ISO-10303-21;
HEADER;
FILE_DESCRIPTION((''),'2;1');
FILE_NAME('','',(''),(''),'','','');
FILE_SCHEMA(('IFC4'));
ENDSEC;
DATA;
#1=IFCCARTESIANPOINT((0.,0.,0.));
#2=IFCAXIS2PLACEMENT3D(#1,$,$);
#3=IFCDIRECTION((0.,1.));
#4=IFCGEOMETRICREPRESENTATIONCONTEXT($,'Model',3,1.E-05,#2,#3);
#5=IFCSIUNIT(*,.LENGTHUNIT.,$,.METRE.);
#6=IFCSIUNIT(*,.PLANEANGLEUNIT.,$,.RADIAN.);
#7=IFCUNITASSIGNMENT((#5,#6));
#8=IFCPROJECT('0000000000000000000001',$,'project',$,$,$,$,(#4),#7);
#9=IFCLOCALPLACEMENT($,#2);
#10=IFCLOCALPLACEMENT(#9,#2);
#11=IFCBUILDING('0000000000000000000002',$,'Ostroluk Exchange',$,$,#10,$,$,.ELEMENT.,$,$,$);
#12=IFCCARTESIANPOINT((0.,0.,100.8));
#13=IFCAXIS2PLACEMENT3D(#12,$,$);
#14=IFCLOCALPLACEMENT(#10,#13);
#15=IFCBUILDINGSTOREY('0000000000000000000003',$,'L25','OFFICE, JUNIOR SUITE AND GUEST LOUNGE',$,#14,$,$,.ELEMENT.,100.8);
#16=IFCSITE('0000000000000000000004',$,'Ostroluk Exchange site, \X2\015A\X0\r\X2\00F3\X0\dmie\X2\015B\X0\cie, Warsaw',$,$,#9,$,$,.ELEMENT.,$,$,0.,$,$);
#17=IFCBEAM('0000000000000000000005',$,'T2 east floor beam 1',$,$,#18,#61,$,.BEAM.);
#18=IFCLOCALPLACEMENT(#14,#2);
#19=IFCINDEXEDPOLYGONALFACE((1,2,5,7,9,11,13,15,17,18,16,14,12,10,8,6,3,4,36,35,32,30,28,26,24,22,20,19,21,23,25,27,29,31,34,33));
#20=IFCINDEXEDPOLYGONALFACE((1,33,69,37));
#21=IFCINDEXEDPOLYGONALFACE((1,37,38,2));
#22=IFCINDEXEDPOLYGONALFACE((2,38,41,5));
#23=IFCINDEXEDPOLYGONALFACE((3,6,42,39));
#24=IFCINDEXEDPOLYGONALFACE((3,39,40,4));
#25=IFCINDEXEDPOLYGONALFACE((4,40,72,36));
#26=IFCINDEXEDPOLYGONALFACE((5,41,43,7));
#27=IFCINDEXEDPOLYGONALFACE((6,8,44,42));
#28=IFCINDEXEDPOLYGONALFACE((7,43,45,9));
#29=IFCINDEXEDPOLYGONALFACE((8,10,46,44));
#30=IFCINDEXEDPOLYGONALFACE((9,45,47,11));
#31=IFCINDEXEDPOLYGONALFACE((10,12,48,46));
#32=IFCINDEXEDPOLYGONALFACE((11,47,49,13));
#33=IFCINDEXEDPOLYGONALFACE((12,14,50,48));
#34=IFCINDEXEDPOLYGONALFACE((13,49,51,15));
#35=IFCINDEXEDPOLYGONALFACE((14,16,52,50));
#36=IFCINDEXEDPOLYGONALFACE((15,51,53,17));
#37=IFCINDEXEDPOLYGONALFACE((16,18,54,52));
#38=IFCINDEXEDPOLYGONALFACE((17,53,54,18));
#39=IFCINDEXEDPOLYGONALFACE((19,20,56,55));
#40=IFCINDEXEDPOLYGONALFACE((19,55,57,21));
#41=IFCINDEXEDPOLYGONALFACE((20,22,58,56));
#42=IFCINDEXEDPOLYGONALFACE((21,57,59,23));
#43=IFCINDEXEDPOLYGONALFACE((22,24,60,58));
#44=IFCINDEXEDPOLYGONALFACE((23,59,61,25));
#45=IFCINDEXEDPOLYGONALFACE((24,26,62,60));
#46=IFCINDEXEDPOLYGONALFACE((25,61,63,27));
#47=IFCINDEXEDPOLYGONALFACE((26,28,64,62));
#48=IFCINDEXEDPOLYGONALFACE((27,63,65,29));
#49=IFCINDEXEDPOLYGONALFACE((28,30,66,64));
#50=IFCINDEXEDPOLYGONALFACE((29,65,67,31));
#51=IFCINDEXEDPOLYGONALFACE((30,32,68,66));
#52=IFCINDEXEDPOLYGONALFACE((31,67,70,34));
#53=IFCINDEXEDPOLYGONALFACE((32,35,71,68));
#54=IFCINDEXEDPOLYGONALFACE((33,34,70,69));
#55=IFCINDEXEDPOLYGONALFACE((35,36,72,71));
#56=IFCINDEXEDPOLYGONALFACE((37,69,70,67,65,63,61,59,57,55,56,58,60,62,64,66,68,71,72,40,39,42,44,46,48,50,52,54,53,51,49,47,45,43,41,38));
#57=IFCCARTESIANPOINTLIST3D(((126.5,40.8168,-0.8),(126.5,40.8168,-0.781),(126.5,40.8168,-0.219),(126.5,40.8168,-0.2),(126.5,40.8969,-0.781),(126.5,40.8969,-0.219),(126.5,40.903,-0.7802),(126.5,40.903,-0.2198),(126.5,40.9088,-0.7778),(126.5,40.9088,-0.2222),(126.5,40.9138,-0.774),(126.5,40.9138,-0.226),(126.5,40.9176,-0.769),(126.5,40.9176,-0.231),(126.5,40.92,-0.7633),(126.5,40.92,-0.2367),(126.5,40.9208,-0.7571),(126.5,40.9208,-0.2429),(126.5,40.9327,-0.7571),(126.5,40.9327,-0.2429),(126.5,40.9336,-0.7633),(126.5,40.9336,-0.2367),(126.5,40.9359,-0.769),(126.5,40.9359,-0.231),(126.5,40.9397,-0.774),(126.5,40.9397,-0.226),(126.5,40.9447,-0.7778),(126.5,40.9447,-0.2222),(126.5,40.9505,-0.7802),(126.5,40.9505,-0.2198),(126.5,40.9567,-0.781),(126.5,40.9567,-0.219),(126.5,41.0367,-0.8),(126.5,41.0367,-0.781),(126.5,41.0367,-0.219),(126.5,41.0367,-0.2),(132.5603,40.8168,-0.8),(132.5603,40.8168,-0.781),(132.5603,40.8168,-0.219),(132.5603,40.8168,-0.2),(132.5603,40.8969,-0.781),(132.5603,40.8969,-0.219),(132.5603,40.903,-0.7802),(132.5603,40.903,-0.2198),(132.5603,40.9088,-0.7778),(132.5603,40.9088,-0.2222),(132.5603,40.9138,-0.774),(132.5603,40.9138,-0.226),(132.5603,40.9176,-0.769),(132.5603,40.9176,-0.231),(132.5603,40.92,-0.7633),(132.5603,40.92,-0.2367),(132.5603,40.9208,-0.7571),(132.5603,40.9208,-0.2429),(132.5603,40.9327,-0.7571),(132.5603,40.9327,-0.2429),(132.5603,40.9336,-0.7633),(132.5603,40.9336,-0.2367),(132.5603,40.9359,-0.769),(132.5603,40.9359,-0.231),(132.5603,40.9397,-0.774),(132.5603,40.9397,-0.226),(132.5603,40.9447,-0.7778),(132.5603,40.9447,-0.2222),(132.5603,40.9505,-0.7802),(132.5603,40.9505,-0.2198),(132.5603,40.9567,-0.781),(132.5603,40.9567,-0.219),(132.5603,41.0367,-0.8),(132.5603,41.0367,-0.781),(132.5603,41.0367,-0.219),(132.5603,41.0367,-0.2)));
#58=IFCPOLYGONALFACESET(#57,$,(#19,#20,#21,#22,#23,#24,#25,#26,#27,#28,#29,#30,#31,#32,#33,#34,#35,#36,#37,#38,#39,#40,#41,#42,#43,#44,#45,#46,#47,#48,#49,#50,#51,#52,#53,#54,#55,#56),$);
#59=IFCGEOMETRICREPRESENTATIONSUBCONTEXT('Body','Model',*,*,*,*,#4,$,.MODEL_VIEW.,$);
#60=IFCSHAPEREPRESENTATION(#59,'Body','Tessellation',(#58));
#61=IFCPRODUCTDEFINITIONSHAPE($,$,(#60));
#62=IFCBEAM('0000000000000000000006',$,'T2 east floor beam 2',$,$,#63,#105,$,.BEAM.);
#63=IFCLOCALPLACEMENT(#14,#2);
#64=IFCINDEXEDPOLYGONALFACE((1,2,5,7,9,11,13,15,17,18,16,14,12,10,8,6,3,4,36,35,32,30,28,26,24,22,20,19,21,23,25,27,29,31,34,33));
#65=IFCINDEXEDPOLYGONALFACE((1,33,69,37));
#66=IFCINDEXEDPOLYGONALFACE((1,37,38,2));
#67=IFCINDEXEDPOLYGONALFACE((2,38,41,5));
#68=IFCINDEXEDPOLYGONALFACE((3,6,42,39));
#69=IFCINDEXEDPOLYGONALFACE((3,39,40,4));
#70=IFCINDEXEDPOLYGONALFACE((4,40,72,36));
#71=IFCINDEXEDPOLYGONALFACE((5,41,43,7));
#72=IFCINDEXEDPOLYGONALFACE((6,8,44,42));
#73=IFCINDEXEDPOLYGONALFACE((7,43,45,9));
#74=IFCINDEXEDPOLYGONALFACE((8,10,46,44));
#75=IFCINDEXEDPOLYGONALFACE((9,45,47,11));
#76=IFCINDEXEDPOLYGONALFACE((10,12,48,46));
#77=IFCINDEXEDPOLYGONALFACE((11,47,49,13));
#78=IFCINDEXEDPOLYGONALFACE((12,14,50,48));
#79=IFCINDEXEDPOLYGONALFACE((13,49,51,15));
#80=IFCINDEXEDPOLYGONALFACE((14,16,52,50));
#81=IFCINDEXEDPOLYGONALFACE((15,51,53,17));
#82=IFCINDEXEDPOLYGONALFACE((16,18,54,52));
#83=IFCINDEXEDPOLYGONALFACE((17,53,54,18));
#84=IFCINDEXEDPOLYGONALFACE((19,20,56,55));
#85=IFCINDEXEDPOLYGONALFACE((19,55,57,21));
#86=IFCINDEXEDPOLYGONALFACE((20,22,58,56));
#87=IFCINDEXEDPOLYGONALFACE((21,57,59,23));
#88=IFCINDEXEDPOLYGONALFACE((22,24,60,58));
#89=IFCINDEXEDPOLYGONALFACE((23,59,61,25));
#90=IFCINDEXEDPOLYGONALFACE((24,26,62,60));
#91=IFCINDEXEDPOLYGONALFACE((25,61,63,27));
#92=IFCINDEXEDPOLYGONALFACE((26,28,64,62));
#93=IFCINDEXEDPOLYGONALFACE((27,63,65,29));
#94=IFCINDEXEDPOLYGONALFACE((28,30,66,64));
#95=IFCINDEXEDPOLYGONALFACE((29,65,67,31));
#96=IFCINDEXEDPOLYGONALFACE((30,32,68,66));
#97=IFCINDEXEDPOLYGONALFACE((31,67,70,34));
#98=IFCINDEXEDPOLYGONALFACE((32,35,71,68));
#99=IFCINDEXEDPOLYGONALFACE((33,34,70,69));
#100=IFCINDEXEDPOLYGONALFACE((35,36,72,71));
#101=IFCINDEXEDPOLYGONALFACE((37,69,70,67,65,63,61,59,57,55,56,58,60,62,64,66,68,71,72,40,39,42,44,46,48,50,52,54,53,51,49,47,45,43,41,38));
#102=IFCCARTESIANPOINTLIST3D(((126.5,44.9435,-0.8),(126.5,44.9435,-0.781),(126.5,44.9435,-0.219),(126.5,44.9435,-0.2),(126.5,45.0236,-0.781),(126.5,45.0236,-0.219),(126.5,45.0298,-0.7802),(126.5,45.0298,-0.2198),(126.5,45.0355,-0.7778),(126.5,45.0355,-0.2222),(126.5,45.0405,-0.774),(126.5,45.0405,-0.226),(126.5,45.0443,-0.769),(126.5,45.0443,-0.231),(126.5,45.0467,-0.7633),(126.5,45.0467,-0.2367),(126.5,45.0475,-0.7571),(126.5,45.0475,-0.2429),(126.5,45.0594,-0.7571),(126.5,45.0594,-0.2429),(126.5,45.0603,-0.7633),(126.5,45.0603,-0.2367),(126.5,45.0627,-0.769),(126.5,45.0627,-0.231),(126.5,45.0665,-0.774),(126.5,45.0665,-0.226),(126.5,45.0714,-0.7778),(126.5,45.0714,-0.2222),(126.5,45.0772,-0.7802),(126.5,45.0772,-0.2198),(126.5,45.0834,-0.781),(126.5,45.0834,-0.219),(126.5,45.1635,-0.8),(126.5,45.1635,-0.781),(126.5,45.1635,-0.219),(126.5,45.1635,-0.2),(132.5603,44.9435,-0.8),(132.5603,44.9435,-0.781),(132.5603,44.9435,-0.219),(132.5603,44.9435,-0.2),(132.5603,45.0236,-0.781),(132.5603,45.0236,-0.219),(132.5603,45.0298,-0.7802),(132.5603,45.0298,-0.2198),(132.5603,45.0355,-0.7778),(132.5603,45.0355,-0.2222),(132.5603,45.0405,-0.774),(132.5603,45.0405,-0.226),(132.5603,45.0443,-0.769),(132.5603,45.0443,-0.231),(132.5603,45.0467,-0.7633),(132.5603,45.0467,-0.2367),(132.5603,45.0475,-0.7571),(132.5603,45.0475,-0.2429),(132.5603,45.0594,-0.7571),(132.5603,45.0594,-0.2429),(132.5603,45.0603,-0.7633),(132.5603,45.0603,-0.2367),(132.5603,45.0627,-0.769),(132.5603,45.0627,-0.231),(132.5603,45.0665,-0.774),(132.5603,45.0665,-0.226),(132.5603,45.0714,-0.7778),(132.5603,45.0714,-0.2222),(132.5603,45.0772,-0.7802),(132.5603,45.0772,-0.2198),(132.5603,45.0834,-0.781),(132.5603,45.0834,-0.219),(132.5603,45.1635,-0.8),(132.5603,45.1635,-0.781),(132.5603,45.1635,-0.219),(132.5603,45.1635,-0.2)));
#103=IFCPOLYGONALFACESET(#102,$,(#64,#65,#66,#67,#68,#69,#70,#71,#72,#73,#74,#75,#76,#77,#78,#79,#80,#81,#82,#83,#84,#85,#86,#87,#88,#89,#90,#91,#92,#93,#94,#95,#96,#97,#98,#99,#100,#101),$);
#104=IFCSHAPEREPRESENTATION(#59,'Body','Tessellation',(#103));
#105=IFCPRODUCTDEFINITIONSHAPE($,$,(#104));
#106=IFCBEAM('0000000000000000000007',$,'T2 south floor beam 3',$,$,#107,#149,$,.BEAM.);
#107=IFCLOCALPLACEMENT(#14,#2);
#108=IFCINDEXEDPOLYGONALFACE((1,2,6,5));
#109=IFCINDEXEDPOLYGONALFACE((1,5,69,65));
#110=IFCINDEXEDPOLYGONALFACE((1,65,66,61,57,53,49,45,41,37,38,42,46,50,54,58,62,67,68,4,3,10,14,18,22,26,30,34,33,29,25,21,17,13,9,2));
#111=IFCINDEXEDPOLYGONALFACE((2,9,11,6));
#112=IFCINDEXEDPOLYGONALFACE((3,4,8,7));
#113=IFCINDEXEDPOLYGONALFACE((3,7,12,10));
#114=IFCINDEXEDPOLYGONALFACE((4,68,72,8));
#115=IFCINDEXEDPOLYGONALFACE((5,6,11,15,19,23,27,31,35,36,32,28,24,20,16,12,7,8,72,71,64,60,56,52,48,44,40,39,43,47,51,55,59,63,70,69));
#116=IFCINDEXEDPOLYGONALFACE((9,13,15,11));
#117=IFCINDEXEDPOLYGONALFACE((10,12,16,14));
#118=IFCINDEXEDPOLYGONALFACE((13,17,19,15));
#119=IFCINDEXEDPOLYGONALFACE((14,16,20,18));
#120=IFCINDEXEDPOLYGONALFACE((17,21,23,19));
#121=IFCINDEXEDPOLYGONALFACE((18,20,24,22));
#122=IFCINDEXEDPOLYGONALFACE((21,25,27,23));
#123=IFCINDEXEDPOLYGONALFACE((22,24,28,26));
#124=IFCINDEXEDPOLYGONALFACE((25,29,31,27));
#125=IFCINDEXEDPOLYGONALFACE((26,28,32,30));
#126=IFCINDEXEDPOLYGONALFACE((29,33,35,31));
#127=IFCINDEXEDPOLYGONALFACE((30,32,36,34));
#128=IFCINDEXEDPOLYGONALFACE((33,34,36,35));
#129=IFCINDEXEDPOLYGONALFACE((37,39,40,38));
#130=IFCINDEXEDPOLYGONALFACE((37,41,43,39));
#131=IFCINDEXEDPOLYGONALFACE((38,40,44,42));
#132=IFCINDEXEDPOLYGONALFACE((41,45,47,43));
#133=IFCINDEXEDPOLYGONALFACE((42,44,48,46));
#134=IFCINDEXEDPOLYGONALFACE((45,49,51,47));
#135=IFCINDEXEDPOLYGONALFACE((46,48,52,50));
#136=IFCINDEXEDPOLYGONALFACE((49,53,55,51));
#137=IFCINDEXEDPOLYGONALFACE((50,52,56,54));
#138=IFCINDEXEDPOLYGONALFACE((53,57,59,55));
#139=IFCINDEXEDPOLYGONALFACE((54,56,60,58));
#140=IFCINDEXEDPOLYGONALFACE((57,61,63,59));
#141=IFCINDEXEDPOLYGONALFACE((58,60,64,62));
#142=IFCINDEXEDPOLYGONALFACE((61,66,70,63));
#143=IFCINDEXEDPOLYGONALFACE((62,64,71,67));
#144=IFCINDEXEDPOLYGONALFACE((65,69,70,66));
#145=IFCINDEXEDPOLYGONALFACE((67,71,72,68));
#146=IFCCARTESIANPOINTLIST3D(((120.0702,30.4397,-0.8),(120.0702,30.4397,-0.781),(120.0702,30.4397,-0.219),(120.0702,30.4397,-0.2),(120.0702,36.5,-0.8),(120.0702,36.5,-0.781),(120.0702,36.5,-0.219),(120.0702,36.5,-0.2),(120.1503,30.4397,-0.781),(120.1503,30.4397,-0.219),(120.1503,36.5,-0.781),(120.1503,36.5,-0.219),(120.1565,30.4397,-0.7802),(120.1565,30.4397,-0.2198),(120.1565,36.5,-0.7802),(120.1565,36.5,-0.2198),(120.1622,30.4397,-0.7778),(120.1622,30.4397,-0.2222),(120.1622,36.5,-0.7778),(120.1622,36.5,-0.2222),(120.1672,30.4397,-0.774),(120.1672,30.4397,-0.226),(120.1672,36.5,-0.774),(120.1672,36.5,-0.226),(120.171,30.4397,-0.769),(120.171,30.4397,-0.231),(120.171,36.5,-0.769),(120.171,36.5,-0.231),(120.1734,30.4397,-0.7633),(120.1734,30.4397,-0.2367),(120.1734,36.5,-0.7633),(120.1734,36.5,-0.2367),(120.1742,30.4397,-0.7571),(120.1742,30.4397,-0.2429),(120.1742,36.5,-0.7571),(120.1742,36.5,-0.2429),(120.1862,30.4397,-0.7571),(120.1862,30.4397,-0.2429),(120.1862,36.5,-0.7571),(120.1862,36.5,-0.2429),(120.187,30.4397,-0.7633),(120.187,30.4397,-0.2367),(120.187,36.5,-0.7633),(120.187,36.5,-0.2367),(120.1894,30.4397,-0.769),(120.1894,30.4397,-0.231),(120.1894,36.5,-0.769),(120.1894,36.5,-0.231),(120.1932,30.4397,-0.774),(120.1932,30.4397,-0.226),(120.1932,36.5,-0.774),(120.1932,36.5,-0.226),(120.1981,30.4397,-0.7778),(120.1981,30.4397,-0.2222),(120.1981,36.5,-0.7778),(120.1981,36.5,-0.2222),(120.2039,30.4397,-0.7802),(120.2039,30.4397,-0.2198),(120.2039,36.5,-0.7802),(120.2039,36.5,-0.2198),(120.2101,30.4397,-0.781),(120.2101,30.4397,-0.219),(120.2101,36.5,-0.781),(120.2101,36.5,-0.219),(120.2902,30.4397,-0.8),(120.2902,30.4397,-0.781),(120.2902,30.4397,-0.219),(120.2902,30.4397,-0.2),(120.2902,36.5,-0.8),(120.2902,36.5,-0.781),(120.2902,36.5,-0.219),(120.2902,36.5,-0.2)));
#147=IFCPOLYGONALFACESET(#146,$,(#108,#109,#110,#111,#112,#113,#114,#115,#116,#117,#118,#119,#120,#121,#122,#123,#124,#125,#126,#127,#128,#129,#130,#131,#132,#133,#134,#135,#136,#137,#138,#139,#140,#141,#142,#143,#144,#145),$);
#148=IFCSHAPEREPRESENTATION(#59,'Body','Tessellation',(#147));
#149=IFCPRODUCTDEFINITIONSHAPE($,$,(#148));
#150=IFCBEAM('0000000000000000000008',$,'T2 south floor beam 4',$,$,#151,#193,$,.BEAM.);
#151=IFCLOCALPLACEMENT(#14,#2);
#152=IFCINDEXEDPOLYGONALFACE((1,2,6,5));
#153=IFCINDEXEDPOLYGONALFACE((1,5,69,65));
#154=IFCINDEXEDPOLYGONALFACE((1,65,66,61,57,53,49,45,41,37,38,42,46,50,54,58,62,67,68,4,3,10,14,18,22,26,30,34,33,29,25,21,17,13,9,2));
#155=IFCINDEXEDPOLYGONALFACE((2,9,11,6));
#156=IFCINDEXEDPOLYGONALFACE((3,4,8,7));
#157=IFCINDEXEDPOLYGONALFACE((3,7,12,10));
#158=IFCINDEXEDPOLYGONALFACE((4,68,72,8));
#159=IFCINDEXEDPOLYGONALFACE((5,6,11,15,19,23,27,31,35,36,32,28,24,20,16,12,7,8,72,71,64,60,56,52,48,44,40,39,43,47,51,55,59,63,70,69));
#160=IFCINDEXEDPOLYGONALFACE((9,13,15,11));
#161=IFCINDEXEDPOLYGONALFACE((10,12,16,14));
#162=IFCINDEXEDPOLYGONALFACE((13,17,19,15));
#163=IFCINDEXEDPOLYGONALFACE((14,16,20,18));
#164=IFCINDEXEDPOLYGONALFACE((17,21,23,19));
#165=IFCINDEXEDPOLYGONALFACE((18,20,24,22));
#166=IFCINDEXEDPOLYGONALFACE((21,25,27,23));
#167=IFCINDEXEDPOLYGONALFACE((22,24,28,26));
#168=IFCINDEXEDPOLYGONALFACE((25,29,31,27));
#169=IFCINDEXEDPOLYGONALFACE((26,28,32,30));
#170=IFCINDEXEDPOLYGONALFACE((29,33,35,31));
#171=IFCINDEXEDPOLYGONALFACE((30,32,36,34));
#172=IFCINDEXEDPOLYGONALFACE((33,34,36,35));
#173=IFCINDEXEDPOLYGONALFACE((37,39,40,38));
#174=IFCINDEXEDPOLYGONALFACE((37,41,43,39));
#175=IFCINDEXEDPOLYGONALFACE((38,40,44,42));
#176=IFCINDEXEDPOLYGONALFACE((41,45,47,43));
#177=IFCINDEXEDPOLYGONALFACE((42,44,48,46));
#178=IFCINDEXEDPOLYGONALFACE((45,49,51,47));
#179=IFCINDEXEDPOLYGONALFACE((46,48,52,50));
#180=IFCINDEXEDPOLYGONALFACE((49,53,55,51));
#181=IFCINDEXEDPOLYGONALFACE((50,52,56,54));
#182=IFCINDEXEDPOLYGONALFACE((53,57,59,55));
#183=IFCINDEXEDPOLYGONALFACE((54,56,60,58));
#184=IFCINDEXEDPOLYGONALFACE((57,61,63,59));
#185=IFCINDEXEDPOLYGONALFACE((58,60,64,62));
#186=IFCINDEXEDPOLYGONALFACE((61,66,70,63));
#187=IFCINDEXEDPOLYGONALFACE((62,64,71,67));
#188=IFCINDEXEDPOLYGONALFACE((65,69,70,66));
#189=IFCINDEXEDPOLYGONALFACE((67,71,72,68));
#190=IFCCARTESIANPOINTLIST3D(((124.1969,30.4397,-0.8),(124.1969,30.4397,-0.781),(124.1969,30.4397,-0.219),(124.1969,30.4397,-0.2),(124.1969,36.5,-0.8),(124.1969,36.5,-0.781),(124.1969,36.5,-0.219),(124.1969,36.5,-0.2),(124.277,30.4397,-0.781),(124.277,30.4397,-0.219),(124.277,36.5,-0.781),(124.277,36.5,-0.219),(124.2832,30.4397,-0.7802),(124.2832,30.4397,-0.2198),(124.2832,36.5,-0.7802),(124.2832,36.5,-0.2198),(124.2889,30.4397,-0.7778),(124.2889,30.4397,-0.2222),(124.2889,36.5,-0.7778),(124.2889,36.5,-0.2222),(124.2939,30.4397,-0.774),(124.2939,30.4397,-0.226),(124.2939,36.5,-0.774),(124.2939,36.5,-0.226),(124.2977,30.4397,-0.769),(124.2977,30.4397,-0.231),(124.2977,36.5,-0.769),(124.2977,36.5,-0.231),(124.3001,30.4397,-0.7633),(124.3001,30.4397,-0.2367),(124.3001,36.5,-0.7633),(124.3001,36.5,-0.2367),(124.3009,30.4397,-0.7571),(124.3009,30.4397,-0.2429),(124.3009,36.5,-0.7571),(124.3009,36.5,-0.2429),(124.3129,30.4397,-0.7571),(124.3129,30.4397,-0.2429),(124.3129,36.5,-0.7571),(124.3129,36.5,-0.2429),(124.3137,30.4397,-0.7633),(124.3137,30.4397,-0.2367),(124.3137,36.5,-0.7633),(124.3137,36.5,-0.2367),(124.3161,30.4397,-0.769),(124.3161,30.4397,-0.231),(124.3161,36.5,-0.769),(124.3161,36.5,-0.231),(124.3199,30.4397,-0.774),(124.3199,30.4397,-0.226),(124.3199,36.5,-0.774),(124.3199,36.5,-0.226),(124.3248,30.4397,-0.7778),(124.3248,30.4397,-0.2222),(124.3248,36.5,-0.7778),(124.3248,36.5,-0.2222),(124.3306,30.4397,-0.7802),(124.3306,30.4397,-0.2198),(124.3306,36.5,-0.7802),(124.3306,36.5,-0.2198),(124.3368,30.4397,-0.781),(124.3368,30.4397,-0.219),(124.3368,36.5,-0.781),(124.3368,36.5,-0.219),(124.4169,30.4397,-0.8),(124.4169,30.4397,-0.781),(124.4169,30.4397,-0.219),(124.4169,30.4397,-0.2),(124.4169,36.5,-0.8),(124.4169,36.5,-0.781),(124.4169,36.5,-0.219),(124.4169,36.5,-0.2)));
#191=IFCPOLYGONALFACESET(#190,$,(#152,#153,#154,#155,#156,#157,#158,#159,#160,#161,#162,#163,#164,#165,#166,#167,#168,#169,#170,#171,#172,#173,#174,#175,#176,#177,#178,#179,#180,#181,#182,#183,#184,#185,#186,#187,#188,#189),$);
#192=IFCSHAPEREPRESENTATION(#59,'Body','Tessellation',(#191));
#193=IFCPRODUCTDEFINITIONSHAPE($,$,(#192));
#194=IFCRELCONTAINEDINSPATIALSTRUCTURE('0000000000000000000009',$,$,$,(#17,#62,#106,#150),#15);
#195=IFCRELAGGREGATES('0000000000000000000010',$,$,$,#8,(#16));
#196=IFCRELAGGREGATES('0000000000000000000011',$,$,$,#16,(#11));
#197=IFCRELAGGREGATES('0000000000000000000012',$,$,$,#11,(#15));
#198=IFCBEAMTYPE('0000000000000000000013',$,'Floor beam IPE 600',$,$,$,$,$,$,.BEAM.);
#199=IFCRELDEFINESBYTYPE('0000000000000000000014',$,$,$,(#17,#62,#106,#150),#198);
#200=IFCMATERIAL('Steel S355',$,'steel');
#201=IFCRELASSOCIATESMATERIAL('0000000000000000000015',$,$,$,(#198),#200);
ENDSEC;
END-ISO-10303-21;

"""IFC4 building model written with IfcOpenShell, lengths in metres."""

from ifc_helpers import new_model, si_unit, direction, frame, origin, origin_2d, place, context, subcontext, project, spatial, i_section, extrude, material, material_profile, profile_set, type_object, element, save


model = new_model("IFC4")

# Units and contexts
model_context = context("Model", 3, precision=1e-05, world=origin(), true_north=direction((0.0, 1.0)))
body_context = subcontext(model_context, "Body", "Model", "MODEL_VIEW")
ifc_project = project(units=[si_unit("LENGTHUNIT", "METRE"), si_unit("PLANEANGLEUNIT", "RADIAN")], contexts=[model_context])

# Site, building, storey
site_placement = place(None, origin())
site = spatial("IfcSite", under=ifc_project, at=site_placement, Name="Ostroluk Exchange site, Śródmieście, Warsaw", CompositionType="ELEMENT", RefElevation=0.0)
building_placement = place(site_placement, origin())
building = spatial("IfcBuilding", under=site, at=building_placement, Name="Ostroluk Exchange", CompositionType="ELEMENT")
storey_placement = place(building_placement, frame((0.0, 0.0, 100.8)))
storey = spatial("IfcBuildingStorey", under=building, at=storey_placement, Name="L25", Description="OFFICE, JUNIOR SUITE AND GUEST LOUNGE", CompositionType="ELEMENT", Elevation=100.8)

# Beams
ifc_material_1 = material(Name="Steel S355", Category="steel")
ifc_material_profile_1 = material_profile(ifc_material_1, i_section(OverallWidth=0.22, OverallDepth=0.6001, WebThickness=0.012, FlangeThickness=0.019, FilletRadius=0.0239, at=origin_2d()), Name="IPE 600")
ifc_profile_set_1 = profile_set([ifc_material_profile_1], Name="Steel S355")
beam_type_1 = type_object("IfcBeamType", Name="Floor beam IPE 600", PredefinedType="BEAM", material=ifc_profile_set_1)
for number, where, z_axis, x_axis, name in (
    (1, (126.5, 40.9268, -0.5), (1.0, 0.0, 0.0), (0.0, 1.0, 0.0), "T2 east floor beam 1"),
    (2, (126.5, 45.0535, -0.5), (1.0, 0.0, 0.0), (0.0, 1.0, 0.0), "T2 east floor beam 2"),
    (3, (120.1802, 36.5, -0.5), (0.0, -1.0, 0.0), (1.0, 0.0, 0.0), "T2 south floor beam 3"),
    (4, (124.3069, 36.5, -0.5), (0.0, -1.0, 0.0), (1.0, 0.0, 0.0), "T2 south floor beam 4"),
):
    element("IfcBeam", number, at=place(storey_placement, frame(where, z_axis=z_axis, x_axis=x_axis)), inside=storey, type_object=beam_type_1, Name=name, PredefinedType="BEAM", context=body_context, shape_type="SweptSolid", body=[
        extrude(i_section(OverallWidth=0.22, OverallDepth=0.6001, WebThickness=0.012, FlangeThickness=0.019, FilletRadius=0.0239, at=origin_2d()), origin(), (0.0, 0.0, 1.0), 6.0603),
    ])

save(model, "model.ifc")
